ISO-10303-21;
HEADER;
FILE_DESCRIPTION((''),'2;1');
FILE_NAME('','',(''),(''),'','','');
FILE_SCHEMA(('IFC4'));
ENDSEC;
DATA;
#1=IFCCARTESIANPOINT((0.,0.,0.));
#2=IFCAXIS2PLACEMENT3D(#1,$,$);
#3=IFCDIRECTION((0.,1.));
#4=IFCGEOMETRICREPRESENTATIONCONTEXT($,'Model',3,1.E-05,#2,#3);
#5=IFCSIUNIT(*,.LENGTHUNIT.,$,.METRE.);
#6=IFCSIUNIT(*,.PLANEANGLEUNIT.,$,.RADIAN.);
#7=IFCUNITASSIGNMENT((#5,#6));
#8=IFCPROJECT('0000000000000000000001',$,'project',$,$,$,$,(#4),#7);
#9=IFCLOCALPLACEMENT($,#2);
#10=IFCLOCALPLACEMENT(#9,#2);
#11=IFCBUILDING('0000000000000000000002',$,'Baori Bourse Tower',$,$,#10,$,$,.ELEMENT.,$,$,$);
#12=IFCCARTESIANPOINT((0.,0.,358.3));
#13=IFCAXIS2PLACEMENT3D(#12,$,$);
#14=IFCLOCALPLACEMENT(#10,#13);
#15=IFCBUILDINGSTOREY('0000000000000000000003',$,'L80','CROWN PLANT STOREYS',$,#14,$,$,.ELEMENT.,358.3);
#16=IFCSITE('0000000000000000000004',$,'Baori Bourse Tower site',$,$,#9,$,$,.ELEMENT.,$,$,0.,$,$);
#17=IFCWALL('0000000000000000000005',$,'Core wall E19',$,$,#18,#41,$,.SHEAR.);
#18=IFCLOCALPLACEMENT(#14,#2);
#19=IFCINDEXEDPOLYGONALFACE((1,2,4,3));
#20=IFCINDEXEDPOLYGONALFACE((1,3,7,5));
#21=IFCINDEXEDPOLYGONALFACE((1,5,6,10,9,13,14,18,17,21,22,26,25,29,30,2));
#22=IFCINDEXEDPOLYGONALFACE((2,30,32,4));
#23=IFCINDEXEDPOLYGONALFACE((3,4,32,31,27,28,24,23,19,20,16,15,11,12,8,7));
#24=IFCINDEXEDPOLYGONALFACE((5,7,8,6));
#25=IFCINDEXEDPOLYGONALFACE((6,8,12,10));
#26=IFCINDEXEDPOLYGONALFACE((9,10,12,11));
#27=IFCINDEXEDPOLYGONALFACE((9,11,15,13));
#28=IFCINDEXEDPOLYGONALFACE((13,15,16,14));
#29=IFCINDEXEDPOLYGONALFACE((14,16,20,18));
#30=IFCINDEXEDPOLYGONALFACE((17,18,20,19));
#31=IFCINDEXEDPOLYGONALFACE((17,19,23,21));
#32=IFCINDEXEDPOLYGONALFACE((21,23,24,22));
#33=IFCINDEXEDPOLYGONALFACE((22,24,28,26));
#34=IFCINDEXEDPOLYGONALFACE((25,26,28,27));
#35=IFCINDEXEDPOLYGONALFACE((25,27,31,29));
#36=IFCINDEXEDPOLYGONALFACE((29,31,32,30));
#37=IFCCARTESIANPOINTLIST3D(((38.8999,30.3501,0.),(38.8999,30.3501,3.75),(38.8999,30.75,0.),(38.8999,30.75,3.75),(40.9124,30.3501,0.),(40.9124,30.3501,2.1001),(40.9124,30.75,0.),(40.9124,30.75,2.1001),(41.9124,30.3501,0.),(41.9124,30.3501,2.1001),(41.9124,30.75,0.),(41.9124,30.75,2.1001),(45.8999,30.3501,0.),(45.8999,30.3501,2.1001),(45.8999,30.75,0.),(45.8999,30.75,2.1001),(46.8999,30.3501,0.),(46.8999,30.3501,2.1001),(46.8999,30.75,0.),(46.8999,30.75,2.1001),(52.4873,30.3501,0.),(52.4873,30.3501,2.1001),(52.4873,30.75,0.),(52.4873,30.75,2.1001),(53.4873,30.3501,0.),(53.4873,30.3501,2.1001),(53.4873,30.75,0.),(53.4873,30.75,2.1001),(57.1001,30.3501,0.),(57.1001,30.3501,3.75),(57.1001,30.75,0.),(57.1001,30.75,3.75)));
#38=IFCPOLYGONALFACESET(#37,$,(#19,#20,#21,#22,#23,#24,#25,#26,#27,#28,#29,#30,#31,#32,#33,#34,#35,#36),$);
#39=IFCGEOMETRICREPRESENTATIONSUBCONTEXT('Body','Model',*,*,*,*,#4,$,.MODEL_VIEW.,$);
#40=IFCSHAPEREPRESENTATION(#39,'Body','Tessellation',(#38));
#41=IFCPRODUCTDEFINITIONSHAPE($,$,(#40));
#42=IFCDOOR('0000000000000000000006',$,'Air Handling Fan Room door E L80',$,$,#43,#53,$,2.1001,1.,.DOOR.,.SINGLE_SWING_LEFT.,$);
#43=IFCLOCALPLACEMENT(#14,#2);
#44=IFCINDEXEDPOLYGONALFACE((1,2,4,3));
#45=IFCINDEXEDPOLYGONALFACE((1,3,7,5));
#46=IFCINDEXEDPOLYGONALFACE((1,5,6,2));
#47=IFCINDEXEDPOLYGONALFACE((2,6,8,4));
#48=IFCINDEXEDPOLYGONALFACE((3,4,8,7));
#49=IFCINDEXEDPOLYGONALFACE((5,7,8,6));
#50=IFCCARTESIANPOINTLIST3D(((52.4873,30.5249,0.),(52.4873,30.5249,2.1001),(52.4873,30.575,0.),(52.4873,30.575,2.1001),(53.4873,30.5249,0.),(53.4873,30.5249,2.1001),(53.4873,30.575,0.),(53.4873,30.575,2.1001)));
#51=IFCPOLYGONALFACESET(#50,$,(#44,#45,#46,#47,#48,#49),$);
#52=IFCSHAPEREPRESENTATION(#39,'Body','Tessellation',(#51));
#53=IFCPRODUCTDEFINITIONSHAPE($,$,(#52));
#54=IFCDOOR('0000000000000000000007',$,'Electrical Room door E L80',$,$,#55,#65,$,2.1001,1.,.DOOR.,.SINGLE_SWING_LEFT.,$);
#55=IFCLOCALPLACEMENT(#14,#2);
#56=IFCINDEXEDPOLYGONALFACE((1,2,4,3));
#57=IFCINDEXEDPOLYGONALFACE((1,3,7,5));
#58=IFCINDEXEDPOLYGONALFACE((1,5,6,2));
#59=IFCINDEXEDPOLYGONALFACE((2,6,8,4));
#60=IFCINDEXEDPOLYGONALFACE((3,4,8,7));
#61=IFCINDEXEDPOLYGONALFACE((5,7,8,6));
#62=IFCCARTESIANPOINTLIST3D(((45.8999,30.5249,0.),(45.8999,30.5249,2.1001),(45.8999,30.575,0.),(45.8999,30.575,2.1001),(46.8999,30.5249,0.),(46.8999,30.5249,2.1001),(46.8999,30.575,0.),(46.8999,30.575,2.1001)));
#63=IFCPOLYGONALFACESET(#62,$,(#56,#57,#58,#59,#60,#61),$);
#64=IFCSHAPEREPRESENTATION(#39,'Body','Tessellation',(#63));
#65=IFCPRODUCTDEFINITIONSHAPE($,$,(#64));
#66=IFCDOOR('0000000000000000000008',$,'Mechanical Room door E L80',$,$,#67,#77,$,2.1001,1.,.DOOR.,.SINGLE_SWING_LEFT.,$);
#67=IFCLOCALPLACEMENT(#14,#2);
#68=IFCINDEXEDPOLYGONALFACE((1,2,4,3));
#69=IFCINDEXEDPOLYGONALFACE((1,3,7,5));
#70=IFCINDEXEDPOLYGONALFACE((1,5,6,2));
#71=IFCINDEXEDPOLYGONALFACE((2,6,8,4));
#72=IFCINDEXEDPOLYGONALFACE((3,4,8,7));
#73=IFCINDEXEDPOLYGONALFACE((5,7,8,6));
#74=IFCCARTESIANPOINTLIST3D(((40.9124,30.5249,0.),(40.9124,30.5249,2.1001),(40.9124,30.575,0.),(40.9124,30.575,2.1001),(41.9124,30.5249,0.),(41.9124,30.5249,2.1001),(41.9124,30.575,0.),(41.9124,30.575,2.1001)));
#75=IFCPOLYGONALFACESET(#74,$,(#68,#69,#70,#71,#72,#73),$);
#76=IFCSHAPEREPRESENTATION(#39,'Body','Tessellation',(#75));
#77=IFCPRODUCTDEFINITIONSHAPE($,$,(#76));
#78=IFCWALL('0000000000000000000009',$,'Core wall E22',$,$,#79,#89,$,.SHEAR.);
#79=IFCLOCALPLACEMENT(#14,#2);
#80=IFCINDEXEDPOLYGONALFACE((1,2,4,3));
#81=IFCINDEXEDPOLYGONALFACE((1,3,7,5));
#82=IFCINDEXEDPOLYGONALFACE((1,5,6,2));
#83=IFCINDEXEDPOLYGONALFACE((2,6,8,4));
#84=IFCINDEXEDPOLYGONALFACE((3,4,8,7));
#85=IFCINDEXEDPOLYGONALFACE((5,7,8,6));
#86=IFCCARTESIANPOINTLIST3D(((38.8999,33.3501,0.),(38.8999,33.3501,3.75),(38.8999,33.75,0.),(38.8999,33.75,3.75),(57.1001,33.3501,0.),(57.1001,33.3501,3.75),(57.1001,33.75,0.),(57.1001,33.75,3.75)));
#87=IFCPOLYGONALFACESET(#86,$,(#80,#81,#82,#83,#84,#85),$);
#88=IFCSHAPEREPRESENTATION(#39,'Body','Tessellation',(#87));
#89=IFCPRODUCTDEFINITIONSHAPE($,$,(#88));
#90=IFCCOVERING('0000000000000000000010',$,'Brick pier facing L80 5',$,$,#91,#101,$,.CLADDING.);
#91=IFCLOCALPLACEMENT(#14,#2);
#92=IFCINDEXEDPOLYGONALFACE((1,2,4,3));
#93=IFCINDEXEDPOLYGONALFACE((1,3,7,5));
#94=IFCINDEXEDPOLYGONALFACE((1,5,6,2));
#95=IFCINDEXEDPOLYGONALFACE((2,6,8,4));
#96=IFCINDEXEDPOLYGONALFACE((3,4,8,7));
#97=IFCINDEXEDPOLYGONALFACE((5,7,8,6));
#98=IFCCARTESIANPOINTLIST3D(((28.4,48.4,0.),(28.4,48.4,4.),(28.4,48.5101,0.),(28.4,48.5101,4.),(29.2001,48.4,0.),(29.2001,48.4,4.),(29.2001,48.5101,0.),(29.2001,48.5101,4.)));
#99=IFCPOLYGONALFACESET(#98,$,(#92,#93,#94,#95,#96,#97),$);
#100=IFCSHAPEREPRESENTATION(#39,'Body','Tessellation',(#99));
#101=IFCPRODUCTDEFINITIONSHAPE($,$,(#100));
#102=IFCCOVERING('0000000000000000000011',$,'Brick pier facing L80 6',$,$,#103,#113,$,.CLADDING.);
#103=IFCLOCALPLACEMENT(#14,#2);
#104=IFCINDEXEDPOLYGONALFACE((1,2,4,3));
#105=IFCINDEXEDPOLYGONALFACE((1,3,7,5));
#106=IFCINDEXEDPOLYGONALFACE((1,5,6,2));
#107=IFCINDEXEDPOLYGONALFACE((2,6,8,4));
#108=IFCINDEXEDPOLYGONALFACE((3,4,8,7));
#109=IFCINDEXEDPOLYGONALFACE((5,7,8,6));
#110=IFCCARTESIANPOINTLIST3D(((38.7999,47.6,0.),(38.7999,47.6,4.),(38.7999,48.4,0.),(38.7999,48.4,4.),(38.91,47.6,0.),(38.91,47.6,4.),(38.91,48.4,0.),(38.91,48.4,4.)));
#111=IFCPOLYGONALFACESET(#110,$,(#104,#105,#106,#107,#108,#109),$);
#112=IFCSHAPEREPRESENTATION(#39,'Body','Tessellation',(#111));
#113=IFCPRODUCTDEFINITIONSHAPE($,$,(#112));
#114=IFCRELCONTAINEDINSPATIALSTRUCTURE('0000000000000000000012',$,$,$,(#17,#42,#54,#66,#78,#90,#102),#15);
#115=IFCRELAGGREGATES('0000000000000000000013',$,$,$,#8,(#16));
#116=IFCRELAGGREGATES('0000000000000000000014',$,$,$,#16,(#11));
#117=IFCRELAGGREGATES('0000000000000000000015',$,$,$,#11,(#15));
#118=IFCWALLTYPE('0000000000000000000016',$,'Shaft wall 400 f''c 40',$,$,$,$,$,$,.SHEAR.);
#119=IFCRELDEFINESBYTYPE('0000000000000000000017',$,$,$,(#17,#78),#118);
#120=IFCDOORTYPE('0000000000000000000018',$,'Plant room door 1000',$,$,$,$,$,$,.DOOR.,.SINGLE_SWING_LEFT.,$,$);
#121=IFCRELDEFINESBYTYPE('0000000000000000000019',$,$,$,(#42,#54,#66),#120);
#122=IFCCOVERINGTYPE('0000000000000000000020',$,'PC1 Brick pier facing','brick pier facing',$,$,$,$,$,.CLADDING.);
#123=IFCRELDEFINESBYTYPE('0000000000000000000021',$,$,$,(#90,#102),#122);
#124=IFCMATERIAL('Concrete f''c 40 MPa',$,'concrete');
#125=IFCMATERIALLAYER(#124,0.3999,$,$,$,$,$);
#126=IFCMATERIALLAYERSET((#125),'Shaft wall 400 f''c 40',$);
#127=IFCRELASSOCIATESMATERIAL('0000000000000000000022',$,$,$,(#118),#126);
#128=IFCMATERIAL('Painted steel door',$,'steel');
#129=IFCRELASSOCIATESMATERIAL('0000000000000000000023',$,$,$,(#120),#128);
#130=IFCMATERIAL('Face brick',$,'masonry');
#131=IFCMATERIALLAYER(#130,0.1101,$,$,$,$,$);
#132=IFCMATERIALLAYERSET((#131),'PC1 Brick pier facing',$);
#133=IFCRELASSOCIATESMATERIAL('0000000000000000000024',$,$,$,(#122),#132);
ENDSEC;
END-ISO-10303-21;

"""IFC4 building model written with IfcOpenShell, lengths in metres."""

from ifc_helpers import new_model, si_unit, direction, frame, frame_2d, origin, origin_2d, place, context, subcontext, project, spatial, rectangle, extrude, material, layer, layer_set, type_object, element, fill, save


model = new_model("IFC4")

# Units and contexts
model_context = context("Model", 3, precision=1e-05, world=origin(), true_north=direction((0.0, 1.0)))
body_context = subcontext(model_context, "Body", "Model", "MODEL_VIEW")
ifc_project = project(units=[si_unit("LENGTHUNIT", "METRE"), si_unit("PLANEANGLEUNIT", "RADIAN")], contexts=[model_context])

# Site, building, storey
site_placement = place(None, origin())
site = spatial("IfcSite", under=ifc_project, at=site_placement, Name="Baori Bourse Tower site", CompositionType="ELEMENT", RefElevation=0.0)
building_placement = place(site_placement, origin())
building = spatial("IfcBuilding", under=site, at=building_placement, Name="Baori Bourse Tower", CompositionType="ELEMENT")
storey_placement = place(building_placement, frame((0.0, 0.0, 358.3)))
storey = spatial("IfcBuildingStorey", under=building, at=storey_placement, Name="L80", Description="CROWN PLANT STOREYS", CompositionType="ELEMENT", Elevation=358.3)

# Wall, openings, doors
ifc_material_1 = material(Name="Concrete f'c 40 MPa", Category="concrete")
ifc_layer_1 = layer(ifc_material_1, 0.3999)
ifc_layer_set_1 = layer_set([ifc_layer_1], Name="Shaft wall 400 f'c 40")
wall_type_1 = type_object("IfcWallType", Name="Shaft wall 400 f'c 40", PredefinedType="SHEAR", material=ifc_layer_set_1)
wall_1_placement = place(storey_placement, frame((38.8999, 30.55, 0.0), z_axis=(0.0, 0.0, 1.0), x_axis=(1.0, 0.0, 0.0)))
wall_1 = element("IfcWall", 1, at=wall_1_placement, inside=storey, type_object=wall_type_1, Name="Core wall E19", PredefinedType="SHEAR", context=body_context, shape_type="SweptSolid", body=[
    extrude(rectangle(XDim=18.2002, YDim=0.3999, at=frame_2d((9.1001, 0.0))), origin(), (0.0, 0.0, 1.0), 3.75),
])
opening_1_placement = place(wall_1_placement, frame((13.5874, 0.0, 0.0)))
opening_1 = element("IfcOpeningElement", 2, at=opening_1_placement, cuts=wall_1, PredefinedType="OPENING", context=body_context, shape_type="SweptSolid", body=[
    extrude(rectangle(XDim=1.0, YDim=2.1001, at=frame_2d((0.5, 1.05))), frame((0.0, 0.21, 0.0), z_axis=(0.0, -1.0, 0.0), x_axis=(1.0, 0.0, 0.0)), (0.0, 0.0, 1.0), 0.4199),
])
opening_2_placement = place(wall_1_placement, frame((7.0, 0.0, 0.0)))
opening_2 = element("IfcOpeningElement", 3, at=opening_2_placement, cuts=wall_1, PredefinedType="OPENING", context=body_context, shape_type="SweptSolid", body=[
    extrude(rectangle(XDim=1.0, YDim=2.1001, at=frame_2d((0.5, 1.05))), frame((0.0, 0.21, 0.0), z_axis=(0.0, -1.0, 0.0), x_axis=(1.0, 0.0, 0.0)), (0.0, 0.0, 1.0), 0.4199),
])
opening_3_placement = place(wall_1_placement, frame((2.0125, 0.0, 0.0)))
opening_3 = element("IfcOpeningElement", 4, at=opening_3_placement, cuts=wall_1, PredefinedType="OPENING", context=body_context, shape_type="SweptSolid", body=[
    extrude(rectangle(XDim=1.0, YDim=2.1001, at=frame_2d((0.5, 1.05))), frame((0.0, 0.21, 0.0), z_axis=(0.0, -1.0, 0.0), x_axis=(1.0, 0.0, 0.0)), (0.0, 0.0, 1.0), 0.4199),
])
ifc_material_2 = material(Name="Painted steel door", Category="steel")
door_type_1 = type_object("IfcDoorType", Name="Plant room door 1000", OperationType="SINGLE_SWING_LEFT", PredefinedType="DOOR", material=ifc_material_2)
door_1_placement = place(opening_1_placement, origin())
door_1 = element("IfcDoor", 5, at=door_1_placement, inside=storey, type_object=door_type_1, Name="Air Handling Fan Room door E L80", OperationType="SINGLE_SWING_LEFT", OverallHeight=2.1001, OverallWidth=1.0, PredefinedType="DOOR", context=body_context, shape_type="SweptSolid", body=[
    extrude(rectangle(XDim=1.0, YDim=2.1001, at=frame_2d((0.5, 1.05))), frame((0.0, 0.0249, 0.0), z_axis=(0.0, -1.0, 0.0), x_axis=(1.0, 0.0, 0.0)), (0.0, 0.0, 1.0), 0.05),
])
fill(opening_1, door_1)
door_2_placement = place(opening_2_placement, origin())
door_2 = element("IfcDoor", 6, at=door_2_placement, inside=storey, type_object=door_type_1, Name="Electrical Room door E L80", OperationType="SINGLE_SWING_LEFT", OverallHeight=2.1001, OverallWidth=1.0, PredefinedType="DOOR", context=body_context, shape_type="SweptSolid", body=[
    extrude(rectangle(XDim=1.0, YDim=2.1001, at=frame_2d((0.5, 1.05))), frame((0.0, 0.0249, 0.0), z_axis=(0.0, -1.0, 0.0), x_axis=(1.0, 0.0, 0.0)), (0.0, 0.0, 1.0), 0.05),
])
fill(opening_2, door_2)
door_3_placement = place(opening_3_placement, origin())
door_3 = element("IfcDoor", 7, at=door_3_placement, inside=storey, type_object=door_type_1, Name="Mechanical Room door E L80", OperationType="SINGLE_SWING_LEFT", OverallHeight=2.1001, OverallWidth=1.0, PredefinedType="DOOR", context=body_context, shape_type="SweptSolid", body=[
    extrude(rectangle(XDim=1.0, YDim=2.1001, at=frame_2d((0.5, 1.05))), frame((0.0, 0.0249, 0.0), z_axis=(0.0, -1.0, 0.0), x_axis=(1.0, 0.0, 0.0)), (0.0, 0.0, 1.0), 0.05),
])
fill(opening_3, door_3)

# Wall
wall_2_placement = place(storey_placement, frame((38.8999, 33.55, 0.0), z_axis=(0.0, 0.0, 1.0), x_axis=(1.0, 0.0, 0.0)))
element("IfcWall", 8, at=wall_2_placement, inside=storey, type_object=wall_type_1, Name="Core wall E22", PredefinedType="SHEAR", context=body_context, shape_type="SweptSolid", body=[
    extrude(rectangle(XDim=18.2002, YDim=0.3999, at=frame_2d((9.1001, 0.0))), origin(), (0.0, 0.0, 1.0), 3.75),
])

# Coverings
ifc_material_3 = material(Name="Face brick", Category="masonry")
ifc_layer_2 = layer(ifc_material_3, 0.1101)
ifc_layer_set_2 = layer_set([ifc_layer_2], Name="PC1 Brick pier facing")
covering_type = type_object("IfcCoveringType", Name="PC1 Brick pier facing", Description="brick pier facing", PredefinedType="CLADDING", material=ifc_layer_set_2)
covering_1_placement = place(storey_placement, frame((28.8, 48.4551, 0.0), z_axis=(0.0, 0.0, 1.0), x_axis=(1.0, 0.0, 0.0)))
element("IfcCovering", 9, at=covering_1_placement, inside=storey, type_object=covering_type, Name="Brick pier facing L80 5", PredefinedType="CLADDING", context=body_context, shape_type="SweptSolid", body=[
    extrude(rectangle(XDim=0.8, YDim=0.1101, at=origin_2d()), origin(), (0.0, 0.0, 1.0), 4.0),
])
covering_2_placement = place(storey_placement, frame((38.855, 48.0, 0.0), z_axis=(0.0, 0.0, 1.0), x_axis=(1.0, 0.0, 0.0)))
element("IfcCovering", 10, at=covering_2_placement, inside=storey, type_object=covering_type, Name="Brick pier facing L80 6", PredefinedType="CLADDING", context=body_context, shape_type="SweptSolid", body=[
    extrude(rectangle(XDim=0.1101, YDim=0.8, at=origin_2d()), origin(), (0.0, 0.0, 1.0), 4.0),
])

save(model, "model.ifc")
